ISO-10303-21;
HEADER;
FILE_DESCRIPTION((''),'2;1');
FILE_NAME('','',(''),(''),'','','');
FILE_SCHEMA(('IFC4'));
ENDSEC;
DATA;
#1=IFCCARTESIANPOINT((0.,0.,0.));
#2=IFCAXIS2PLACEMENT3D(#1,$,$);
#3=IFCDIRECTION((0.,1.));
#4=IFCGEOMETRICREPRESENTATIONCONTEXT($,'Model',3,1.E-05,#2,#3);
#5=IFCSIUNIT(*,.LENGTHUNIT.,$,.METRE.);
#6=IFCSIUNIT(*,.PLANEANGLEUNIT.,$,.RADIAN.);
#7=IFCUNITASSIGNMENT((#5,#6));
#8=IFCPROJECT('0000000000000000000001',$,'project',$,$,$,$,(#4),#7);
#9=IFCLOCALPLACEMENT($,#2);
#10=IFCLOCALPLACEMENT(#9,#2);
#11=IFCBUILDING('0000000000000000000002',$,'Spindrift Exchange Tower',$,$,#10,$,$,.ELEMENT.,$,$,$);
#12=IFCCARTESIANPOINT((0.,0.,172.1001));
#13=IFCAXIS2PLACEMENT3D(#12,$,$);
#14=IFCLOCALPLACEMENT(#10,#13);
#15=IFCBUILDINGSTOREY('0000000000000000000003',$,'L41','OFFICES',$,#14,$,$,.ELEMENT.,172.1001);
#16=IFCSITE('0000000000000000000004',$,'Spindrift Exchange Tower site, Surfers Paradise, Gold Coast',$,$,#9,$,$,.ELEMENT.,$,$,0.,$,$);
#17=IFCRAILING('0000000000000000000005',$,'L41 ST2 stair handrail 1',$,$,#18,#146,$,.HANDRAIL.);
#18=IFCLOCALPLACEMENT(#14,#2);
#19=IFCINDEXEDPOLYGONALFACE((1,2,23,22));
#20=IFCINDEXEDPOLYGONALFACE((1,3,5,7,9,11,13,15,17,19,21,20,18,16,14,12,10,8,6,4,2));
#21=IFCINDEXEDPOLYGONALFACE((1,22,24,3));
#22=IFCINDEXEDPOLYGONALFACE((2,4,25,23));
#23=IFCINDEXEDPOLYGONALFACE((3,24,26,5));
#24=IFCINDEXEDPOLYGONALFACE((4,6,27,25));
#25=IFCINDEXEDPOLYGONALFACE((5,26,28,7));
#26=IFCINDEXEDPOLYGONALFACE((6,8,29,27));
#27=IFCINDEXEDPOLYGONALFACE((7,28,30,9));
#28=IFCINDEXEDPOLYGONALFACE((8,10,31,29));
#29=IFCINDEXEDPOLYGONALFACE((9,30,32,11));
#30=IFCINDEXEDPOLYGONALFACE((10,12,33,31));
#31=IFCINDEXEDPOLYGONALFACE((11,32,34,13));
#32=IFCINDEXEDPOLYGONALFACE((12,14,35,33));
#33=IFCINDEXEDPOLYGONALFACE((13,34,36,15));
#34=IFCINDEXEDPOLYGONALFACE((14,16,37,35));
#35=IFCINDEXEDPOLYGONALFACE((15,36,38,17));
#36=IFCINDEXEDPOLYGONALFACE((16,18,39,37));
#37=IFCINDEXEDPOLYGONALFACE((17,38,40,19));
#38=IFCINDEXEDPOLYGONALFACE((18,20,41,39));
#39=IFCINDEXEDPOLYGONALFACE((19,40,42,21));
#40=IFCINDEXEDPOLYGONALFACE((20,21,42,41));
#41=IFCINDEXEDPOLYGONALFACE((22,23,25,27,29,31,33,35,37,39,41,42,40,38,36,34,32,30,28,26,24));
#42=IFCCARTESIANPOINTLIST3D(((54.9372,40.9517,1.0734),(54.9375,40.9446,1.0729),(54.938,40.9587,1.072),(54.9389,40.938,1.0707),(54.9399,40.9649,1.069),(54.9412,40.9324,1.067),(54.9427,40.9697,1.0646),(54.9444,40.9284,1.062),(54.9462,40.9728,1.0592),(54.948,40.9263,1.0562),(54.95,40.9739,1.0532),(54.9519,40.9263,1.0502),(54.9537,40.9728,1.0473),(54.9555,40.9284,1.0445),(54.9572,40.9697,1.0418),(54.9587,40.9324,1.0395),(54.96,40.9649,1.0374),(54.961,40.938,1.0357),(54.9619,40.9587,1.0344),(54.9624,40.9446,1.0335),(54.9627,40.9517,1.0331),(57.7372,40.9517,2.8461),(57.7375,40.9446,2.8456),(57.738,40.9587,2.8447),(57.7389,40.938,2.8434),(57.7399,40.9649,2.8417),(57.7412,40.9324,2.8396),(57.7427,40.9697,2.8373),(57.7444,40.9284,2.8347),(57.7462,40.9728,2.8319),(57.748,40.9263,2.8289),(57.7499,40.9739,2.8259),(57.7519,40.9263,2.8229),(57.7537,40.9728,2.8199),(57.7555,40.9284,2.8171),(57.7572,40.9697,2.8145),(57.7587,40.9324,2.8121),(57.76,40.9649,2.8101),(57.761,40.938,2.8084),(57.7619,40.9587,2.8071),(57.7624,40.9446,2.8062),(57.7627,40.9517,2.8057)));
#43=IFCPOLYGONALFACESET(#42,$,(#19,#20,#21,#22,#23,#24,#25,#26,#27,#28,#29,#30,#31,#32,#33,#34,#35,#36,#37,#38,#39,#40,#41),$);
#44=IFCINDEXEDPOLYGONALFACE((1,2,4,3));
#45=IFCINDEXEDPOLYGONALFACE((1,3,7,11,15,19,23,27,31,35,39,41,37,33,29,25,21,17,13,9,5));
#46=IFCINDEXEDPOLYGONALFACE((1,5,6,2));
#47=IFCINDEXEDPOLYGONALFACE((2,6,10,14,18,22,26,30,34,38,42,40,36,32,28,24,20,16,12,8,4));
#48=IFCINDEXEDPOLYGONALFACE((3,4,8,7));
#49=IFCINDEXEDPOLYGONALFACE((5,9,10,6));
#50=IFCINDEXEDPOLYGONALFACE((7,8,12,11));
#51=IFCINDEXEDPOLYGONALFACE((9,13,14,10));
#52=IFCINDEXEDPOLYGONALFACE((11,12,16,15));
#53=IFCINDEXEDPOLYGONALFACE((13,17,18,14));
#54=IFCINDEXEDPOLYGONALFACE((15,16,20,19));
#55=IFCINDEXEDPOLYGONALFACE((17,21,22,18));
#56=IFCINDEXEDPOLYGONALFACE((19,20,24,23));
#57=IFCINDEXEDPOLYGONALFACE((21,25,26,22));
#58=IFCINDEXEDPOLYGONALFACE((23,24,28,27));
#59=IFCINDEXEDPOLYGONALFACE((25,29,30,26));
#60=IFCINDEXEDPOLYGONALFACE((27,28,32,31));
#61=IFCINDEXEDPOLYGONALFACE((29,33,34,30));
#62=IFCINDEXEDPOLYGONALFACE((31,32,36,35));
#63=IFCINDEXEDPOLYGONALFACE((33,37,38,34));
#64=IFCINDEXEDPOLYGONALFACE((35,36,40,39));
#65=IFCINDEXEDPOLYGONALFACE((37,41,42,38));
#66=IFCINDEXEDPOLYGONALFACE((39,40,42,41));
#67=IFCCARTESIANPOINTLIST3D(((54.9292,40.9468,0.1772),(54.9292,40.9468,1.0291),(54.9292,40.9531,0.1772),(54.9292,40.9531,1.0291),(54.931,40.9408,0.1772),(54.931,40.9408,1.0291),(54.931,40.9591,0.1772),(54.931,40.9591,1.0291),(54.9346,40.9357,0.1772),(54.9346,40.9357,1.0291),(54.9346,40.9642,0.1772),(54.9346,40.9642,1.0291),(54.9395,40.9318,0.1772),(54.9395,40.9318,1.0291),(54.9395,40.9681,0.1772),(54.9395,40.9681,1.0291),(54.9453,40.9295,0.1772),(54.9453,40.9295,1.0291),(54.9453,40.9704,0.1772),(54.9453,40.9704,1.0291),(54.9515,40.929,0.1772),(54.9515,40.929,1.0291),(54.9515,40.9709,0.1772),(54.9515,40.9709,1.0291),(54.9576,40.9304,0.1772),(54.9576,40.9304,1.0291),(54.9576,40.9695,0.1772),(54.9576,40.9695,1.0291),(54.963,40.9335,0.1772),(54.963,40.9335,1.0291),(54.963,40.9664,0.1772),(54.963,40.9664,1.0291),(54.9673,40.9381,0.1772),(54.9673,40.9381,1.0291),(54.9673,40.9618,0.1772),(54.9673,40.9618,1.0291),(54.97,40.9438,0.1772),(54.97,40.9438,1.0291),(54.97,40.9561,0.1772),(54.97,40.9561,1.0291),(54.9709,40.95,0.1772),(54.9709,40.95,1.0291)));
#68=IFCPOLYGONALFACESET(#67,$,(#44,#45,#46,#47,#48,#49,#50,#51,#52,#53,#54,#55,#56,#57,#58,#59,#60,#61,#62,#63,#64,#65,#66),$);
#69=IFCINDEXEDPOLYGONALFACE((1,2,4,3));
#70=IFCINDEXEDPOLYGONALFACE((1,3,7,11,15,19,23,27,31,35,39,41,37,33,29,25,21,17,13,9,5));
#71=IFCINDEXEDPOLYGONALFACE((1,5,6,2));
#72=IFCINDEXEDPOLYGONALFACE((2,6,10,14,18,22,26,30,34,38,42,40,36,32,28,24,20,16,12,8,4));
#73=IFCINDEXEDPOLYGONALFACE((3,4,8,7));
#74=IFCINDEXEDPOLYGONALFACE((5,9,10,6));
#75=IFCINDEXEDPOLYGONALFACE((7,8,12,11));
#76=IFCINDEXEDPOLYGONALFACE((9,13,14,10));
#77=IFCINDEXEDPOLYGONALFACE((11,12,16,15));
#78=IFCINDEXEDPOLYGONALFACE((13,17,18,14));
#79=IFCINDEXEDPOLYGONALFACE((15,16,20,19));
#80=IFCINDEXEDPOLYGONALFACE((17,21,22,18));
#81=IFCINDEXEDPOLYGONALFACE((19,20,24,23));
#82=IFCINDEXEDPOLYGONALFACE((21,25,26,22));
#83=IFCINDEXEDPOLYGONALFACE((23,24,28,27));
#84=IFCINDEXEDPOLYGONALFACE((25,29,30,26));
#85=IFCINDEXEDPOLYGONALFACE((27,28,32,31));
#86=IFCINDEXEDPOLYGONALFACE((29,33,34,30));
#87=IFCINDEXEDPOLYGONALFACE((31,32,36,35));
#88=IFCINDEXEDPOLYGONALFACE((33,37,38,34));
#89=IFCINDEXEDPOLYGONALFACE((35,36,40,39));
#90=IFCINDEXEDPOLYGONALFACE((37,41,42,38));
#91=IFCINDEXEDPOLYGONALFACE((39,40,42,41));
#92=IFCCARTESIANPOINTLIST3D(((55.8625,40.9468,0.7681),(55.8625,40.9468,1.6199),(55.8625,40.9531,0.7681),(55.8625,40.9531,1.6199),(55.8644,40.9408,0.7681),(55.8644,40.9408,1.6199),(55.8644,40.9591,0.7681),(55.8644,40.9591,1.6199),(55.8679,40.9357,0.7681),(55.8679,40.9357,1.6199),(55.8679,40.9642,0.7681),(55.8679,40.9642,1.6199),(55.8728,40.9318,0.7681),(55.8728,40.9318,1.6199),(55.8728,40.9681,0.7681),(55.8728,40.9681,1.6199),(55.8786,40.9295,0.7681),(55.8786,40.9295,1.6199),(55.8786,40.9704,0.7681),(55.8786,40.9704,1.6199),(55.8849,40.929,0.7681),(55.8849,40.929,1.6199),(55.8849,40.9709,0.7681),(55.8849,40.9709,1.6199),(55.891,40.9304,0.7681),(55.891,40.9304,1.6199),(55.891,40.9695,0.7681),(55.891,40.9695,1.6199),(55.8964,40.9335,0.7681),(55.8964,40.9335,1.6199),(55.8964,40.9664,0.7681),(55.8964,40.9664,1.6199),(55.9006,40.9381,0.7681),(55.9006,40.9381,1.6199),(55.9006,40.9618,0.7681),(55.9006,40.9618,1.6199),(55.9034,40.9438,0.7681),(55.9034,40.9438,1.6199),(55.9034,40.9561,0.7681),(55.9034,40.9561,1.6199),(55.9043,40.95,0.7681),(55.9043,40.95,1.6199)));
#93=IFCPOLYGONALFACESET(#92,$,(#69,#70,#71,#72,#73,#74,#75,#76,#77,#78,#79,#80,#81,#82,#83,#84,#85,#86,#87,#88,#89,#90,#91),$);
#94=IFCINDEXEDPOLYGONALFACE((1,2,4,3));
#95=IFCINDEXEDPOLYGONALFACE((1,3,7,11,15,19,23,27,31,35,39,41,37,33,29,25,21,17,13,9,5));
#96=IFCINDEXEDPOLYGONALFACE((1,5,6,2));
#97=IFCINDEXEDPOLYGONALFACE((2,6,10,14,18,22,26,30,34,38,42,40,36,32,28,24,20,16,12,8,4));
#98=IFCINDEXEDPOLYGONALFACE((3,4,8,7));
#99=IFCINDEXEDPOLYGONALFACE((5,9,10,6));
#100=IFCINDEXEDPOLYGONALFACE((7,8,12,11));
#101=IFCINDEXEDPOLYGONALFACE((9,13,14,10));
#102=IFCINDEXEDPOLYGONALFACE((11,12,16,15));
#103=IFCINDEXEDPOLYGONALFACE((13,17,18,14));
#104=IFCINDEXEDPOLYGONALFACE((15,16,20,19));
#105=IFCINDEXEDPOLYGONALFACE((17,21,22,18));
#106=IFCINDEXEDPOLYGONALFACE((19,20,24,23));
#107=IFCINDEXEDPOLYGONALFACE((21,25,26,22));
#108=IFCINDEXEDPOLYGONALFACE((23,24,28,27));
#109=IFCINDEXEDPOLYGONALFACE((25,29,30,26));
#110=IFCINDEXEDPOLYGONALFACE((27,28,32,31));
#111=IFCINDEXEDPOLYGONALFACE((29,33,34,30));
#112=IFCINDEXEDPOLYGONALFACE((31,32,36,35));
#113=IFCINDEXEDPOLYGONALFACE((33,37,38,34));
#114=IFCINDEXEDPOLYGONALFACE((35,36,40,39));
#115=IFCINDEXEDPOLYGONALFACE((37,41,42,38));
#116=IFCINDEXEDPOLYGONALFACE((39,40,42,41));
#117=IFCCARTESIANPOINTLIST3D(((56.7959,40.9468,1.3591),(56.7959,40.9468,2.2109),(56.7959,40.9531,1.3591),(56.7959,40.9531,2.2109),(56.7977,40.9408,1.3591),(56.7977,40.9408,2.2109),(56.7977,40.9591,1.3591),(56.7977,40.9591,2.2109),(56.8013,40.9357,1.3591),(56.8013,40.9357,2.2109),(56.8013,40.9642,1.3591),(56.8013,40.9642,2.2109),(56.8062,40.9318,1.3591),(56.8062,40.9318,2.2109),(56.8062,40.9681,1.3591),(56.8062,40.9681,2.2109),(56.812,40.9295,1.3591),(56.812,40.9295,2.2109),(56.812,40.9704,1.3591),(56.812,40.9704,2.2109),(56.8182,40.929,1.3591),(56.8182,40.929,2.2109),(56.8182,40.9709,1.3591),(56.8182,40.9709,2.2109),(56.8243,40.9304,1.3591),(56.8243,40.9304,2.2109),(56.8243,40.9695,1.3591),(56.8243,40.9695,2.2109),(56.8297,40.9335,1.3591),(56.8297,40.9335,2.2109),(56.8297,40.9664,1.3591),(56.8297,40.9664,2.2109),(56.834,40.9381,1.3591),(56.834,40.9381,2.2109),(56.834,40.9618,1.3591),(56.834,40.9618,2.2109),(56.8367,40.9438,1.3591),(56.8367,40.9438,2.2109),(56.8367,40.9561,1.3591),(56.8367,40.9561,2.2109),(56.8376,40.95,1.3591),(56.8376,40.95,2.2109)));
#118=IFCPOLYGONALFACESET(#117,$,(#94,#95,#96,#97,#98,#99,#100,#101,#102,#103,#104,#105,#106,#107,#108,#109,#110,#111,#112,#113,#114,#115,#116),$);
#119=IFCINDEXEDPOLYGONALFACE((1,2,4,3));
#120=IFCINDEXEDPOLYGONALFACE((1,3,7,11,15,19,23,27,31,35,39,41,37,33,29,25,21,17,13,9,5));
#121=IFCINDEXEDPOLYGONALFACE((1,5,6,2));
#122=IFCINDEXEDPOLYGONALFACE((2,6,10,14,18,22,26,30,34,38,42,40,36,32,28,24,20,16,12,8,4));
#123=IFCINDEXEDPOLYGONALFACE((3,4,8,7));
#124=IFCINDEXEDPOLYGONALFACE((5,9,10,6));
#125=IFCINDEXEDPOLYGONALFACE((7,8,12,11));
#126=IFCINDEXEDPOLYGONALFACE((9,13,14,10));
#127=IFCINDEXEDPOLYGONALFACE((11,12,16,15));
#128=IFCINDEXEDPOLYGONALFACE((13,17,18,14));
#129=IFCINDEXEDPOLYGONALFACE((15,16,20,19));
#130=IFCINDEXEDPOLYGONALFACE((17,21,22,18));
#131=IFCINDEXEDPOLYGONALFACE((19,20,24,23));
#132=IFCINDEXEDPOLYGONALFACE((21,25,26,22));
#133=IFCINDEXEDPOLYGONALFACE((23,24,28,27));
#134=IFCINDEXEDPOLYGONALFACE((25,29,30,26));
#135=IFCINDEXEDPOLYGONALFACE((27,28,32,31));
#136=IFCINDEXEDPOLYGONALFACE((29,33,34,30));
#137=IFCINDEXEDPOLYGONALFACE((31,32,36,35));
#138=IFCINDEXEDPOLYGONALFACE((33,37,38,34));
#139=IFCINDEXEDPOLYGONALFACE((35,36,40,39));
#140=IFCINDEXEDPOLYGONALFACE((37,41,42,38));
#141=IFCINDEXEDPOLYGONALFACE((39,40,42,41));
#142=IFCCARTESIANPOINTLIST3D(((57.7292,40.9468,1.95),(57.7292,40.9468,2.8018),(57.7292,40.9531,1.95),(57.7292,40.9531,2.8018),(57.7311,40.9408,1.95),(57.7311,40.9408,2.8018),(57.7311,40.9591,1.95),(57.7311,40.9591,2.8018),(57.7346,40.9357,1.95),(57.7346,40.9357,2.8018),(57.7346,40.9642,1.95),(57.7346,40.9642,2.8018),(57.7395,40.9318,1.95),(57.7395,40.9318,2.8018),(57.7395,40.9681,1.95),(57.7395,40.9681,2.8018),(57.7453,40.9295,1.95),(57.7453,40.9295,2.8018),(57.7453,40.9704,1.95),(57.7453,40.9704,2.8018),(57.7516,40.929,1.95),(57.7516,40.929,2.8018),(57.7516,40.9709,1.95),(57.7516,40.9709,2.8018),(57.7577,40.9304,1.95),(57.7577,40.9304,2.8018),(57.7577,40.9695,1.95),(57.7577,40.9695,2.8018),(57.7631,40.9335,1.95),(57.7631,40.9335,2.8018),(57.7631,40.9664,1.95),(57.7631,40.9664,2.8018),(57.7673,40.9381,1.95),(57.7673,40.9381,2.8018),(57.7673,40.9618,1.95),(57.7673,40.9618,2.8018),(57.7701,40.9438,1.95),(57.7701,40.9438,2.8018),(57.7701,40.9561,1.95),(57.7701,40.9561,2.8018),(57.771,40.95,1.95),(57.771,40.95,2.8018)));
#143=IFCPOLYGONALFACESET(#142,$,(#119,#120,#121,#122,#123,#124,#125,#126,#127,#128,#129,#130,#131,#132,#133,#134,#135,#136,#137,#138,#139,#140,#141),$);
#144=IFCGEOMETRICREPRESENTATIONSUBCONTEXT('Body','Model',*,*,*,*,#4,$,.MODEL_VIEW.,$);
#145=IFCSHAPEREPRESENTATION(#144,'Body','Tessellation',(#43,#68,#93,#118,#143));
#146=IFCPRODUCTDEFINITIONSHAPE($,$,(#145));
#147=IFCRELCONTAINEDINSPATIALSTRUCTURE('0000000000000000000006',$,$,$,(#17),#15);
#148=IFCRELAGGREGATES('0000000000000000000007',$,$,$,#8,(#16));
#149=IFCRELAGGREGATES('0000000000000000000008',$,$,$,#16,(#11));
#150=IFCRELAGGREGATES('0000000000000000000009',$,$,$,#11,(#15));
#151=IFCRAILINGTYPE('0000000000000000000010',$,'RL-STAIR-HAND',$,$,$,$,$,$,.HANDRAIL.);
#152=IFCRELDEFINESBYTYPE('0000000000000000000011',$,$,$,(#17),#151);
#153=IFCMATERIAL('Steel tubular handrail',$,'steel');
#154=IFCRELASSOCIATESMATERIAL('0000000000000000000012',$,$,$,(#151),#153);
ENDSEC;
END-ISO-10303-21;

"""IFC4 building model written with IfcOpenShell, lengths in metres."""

from ifc_helpers import new_model, si_unit, direction, frame, origin, origin_2d, place, context, subcontext, project, spatial, circle, extrude, material, type_object, element, save


model = new_model("IFC4")

# Units and contexts
model_context = context("Model", 3, precision=1e-05, world=origin(), true_north=direction((0.0, 1.0)))
body_context = subcontext(model_context, "Body", "Model", "MODEL_VIEW")
ifc_project = project(units=[si_unit("LENGTHUNIT", "METRE"), si_unit("PLANEANGLEUNIT", "RADIAN")], contexts=[model_context])

# Site, building, storey
site_placement = place(None, origin())
site = spatial("IfcSite", under=ifc_project, at=site_placement, Name="Spindrift Exchange Tower site, Surfers Paradise, Gold Coast", CompositionType="ELEMENT", RefElevation=0.0)
building_placement = place(site_placement, origin())
building = spatial("IfcBuilding", under=site, at=building_placement, Name="Spindrift Exchange Tower", CompositionType="ELEMENT")
storey_placement = place(building_placement, frame((0.0, 0.0, 172.1001)))
storey = spatial("IfcBuildingStorey", under=building, at=storey_placement, Name="L41", Description="OFFICES", CompositionType="ELEMENT", Elevation=172.1001)

# Railing
ifc_material_1 = material(Name="Steel tubular handrail", Category="steel")
railing_type_1 = type_object("IfcRailingType", Name="RL-STAIR-HAND", PredefinedType="HANDRAIL", material=ifc_material_1)
railing_1_placement = place(storey_placement, frame((54.95, 40.95, 0.1772)))
element("IfcRailing", 1, at=railing_1_placement, inside=storey, type_object=railing_type_1, Name="L41 ST2 stair handrail 1", PredefinedType="HANDRAIL", context=body_context, shape_type="SweptSolid", body=[
    extrude(circle(Radius=0.0239, at=origin_2d()), frame((0.0, 0.0, 0.876), z_axis=(0.844909, 0.0, 0.53491), x_axis=(0.0, 1.0, 0.0)), (0.0, 0.0, 1.0), 3.314),
    extrude(circle(Radius=0.021, at=origin_2d()), origin(), (0.0, 0.0, 1.0), 0.8518),
    extrude(circle(Radius=0.021, at=origin_2d()), frame((0.9333, 0.0, 0.5908)), (0.0, 0.0, 1.0), 0.8518),
    extrude(circle(Radius=0.021, at=origin_2d()), frame((1.8667, 0.0, 1.1819)), (0.0, 0.0, 1.0), 0.8518),
    extrude(circle(Radius=0.021, at=origin_2d()), frame((2.8, 0.0, 1.7727)), (0.0, 0.0, 1.0), 0.8518),
])

save(model, "model.ifc")
